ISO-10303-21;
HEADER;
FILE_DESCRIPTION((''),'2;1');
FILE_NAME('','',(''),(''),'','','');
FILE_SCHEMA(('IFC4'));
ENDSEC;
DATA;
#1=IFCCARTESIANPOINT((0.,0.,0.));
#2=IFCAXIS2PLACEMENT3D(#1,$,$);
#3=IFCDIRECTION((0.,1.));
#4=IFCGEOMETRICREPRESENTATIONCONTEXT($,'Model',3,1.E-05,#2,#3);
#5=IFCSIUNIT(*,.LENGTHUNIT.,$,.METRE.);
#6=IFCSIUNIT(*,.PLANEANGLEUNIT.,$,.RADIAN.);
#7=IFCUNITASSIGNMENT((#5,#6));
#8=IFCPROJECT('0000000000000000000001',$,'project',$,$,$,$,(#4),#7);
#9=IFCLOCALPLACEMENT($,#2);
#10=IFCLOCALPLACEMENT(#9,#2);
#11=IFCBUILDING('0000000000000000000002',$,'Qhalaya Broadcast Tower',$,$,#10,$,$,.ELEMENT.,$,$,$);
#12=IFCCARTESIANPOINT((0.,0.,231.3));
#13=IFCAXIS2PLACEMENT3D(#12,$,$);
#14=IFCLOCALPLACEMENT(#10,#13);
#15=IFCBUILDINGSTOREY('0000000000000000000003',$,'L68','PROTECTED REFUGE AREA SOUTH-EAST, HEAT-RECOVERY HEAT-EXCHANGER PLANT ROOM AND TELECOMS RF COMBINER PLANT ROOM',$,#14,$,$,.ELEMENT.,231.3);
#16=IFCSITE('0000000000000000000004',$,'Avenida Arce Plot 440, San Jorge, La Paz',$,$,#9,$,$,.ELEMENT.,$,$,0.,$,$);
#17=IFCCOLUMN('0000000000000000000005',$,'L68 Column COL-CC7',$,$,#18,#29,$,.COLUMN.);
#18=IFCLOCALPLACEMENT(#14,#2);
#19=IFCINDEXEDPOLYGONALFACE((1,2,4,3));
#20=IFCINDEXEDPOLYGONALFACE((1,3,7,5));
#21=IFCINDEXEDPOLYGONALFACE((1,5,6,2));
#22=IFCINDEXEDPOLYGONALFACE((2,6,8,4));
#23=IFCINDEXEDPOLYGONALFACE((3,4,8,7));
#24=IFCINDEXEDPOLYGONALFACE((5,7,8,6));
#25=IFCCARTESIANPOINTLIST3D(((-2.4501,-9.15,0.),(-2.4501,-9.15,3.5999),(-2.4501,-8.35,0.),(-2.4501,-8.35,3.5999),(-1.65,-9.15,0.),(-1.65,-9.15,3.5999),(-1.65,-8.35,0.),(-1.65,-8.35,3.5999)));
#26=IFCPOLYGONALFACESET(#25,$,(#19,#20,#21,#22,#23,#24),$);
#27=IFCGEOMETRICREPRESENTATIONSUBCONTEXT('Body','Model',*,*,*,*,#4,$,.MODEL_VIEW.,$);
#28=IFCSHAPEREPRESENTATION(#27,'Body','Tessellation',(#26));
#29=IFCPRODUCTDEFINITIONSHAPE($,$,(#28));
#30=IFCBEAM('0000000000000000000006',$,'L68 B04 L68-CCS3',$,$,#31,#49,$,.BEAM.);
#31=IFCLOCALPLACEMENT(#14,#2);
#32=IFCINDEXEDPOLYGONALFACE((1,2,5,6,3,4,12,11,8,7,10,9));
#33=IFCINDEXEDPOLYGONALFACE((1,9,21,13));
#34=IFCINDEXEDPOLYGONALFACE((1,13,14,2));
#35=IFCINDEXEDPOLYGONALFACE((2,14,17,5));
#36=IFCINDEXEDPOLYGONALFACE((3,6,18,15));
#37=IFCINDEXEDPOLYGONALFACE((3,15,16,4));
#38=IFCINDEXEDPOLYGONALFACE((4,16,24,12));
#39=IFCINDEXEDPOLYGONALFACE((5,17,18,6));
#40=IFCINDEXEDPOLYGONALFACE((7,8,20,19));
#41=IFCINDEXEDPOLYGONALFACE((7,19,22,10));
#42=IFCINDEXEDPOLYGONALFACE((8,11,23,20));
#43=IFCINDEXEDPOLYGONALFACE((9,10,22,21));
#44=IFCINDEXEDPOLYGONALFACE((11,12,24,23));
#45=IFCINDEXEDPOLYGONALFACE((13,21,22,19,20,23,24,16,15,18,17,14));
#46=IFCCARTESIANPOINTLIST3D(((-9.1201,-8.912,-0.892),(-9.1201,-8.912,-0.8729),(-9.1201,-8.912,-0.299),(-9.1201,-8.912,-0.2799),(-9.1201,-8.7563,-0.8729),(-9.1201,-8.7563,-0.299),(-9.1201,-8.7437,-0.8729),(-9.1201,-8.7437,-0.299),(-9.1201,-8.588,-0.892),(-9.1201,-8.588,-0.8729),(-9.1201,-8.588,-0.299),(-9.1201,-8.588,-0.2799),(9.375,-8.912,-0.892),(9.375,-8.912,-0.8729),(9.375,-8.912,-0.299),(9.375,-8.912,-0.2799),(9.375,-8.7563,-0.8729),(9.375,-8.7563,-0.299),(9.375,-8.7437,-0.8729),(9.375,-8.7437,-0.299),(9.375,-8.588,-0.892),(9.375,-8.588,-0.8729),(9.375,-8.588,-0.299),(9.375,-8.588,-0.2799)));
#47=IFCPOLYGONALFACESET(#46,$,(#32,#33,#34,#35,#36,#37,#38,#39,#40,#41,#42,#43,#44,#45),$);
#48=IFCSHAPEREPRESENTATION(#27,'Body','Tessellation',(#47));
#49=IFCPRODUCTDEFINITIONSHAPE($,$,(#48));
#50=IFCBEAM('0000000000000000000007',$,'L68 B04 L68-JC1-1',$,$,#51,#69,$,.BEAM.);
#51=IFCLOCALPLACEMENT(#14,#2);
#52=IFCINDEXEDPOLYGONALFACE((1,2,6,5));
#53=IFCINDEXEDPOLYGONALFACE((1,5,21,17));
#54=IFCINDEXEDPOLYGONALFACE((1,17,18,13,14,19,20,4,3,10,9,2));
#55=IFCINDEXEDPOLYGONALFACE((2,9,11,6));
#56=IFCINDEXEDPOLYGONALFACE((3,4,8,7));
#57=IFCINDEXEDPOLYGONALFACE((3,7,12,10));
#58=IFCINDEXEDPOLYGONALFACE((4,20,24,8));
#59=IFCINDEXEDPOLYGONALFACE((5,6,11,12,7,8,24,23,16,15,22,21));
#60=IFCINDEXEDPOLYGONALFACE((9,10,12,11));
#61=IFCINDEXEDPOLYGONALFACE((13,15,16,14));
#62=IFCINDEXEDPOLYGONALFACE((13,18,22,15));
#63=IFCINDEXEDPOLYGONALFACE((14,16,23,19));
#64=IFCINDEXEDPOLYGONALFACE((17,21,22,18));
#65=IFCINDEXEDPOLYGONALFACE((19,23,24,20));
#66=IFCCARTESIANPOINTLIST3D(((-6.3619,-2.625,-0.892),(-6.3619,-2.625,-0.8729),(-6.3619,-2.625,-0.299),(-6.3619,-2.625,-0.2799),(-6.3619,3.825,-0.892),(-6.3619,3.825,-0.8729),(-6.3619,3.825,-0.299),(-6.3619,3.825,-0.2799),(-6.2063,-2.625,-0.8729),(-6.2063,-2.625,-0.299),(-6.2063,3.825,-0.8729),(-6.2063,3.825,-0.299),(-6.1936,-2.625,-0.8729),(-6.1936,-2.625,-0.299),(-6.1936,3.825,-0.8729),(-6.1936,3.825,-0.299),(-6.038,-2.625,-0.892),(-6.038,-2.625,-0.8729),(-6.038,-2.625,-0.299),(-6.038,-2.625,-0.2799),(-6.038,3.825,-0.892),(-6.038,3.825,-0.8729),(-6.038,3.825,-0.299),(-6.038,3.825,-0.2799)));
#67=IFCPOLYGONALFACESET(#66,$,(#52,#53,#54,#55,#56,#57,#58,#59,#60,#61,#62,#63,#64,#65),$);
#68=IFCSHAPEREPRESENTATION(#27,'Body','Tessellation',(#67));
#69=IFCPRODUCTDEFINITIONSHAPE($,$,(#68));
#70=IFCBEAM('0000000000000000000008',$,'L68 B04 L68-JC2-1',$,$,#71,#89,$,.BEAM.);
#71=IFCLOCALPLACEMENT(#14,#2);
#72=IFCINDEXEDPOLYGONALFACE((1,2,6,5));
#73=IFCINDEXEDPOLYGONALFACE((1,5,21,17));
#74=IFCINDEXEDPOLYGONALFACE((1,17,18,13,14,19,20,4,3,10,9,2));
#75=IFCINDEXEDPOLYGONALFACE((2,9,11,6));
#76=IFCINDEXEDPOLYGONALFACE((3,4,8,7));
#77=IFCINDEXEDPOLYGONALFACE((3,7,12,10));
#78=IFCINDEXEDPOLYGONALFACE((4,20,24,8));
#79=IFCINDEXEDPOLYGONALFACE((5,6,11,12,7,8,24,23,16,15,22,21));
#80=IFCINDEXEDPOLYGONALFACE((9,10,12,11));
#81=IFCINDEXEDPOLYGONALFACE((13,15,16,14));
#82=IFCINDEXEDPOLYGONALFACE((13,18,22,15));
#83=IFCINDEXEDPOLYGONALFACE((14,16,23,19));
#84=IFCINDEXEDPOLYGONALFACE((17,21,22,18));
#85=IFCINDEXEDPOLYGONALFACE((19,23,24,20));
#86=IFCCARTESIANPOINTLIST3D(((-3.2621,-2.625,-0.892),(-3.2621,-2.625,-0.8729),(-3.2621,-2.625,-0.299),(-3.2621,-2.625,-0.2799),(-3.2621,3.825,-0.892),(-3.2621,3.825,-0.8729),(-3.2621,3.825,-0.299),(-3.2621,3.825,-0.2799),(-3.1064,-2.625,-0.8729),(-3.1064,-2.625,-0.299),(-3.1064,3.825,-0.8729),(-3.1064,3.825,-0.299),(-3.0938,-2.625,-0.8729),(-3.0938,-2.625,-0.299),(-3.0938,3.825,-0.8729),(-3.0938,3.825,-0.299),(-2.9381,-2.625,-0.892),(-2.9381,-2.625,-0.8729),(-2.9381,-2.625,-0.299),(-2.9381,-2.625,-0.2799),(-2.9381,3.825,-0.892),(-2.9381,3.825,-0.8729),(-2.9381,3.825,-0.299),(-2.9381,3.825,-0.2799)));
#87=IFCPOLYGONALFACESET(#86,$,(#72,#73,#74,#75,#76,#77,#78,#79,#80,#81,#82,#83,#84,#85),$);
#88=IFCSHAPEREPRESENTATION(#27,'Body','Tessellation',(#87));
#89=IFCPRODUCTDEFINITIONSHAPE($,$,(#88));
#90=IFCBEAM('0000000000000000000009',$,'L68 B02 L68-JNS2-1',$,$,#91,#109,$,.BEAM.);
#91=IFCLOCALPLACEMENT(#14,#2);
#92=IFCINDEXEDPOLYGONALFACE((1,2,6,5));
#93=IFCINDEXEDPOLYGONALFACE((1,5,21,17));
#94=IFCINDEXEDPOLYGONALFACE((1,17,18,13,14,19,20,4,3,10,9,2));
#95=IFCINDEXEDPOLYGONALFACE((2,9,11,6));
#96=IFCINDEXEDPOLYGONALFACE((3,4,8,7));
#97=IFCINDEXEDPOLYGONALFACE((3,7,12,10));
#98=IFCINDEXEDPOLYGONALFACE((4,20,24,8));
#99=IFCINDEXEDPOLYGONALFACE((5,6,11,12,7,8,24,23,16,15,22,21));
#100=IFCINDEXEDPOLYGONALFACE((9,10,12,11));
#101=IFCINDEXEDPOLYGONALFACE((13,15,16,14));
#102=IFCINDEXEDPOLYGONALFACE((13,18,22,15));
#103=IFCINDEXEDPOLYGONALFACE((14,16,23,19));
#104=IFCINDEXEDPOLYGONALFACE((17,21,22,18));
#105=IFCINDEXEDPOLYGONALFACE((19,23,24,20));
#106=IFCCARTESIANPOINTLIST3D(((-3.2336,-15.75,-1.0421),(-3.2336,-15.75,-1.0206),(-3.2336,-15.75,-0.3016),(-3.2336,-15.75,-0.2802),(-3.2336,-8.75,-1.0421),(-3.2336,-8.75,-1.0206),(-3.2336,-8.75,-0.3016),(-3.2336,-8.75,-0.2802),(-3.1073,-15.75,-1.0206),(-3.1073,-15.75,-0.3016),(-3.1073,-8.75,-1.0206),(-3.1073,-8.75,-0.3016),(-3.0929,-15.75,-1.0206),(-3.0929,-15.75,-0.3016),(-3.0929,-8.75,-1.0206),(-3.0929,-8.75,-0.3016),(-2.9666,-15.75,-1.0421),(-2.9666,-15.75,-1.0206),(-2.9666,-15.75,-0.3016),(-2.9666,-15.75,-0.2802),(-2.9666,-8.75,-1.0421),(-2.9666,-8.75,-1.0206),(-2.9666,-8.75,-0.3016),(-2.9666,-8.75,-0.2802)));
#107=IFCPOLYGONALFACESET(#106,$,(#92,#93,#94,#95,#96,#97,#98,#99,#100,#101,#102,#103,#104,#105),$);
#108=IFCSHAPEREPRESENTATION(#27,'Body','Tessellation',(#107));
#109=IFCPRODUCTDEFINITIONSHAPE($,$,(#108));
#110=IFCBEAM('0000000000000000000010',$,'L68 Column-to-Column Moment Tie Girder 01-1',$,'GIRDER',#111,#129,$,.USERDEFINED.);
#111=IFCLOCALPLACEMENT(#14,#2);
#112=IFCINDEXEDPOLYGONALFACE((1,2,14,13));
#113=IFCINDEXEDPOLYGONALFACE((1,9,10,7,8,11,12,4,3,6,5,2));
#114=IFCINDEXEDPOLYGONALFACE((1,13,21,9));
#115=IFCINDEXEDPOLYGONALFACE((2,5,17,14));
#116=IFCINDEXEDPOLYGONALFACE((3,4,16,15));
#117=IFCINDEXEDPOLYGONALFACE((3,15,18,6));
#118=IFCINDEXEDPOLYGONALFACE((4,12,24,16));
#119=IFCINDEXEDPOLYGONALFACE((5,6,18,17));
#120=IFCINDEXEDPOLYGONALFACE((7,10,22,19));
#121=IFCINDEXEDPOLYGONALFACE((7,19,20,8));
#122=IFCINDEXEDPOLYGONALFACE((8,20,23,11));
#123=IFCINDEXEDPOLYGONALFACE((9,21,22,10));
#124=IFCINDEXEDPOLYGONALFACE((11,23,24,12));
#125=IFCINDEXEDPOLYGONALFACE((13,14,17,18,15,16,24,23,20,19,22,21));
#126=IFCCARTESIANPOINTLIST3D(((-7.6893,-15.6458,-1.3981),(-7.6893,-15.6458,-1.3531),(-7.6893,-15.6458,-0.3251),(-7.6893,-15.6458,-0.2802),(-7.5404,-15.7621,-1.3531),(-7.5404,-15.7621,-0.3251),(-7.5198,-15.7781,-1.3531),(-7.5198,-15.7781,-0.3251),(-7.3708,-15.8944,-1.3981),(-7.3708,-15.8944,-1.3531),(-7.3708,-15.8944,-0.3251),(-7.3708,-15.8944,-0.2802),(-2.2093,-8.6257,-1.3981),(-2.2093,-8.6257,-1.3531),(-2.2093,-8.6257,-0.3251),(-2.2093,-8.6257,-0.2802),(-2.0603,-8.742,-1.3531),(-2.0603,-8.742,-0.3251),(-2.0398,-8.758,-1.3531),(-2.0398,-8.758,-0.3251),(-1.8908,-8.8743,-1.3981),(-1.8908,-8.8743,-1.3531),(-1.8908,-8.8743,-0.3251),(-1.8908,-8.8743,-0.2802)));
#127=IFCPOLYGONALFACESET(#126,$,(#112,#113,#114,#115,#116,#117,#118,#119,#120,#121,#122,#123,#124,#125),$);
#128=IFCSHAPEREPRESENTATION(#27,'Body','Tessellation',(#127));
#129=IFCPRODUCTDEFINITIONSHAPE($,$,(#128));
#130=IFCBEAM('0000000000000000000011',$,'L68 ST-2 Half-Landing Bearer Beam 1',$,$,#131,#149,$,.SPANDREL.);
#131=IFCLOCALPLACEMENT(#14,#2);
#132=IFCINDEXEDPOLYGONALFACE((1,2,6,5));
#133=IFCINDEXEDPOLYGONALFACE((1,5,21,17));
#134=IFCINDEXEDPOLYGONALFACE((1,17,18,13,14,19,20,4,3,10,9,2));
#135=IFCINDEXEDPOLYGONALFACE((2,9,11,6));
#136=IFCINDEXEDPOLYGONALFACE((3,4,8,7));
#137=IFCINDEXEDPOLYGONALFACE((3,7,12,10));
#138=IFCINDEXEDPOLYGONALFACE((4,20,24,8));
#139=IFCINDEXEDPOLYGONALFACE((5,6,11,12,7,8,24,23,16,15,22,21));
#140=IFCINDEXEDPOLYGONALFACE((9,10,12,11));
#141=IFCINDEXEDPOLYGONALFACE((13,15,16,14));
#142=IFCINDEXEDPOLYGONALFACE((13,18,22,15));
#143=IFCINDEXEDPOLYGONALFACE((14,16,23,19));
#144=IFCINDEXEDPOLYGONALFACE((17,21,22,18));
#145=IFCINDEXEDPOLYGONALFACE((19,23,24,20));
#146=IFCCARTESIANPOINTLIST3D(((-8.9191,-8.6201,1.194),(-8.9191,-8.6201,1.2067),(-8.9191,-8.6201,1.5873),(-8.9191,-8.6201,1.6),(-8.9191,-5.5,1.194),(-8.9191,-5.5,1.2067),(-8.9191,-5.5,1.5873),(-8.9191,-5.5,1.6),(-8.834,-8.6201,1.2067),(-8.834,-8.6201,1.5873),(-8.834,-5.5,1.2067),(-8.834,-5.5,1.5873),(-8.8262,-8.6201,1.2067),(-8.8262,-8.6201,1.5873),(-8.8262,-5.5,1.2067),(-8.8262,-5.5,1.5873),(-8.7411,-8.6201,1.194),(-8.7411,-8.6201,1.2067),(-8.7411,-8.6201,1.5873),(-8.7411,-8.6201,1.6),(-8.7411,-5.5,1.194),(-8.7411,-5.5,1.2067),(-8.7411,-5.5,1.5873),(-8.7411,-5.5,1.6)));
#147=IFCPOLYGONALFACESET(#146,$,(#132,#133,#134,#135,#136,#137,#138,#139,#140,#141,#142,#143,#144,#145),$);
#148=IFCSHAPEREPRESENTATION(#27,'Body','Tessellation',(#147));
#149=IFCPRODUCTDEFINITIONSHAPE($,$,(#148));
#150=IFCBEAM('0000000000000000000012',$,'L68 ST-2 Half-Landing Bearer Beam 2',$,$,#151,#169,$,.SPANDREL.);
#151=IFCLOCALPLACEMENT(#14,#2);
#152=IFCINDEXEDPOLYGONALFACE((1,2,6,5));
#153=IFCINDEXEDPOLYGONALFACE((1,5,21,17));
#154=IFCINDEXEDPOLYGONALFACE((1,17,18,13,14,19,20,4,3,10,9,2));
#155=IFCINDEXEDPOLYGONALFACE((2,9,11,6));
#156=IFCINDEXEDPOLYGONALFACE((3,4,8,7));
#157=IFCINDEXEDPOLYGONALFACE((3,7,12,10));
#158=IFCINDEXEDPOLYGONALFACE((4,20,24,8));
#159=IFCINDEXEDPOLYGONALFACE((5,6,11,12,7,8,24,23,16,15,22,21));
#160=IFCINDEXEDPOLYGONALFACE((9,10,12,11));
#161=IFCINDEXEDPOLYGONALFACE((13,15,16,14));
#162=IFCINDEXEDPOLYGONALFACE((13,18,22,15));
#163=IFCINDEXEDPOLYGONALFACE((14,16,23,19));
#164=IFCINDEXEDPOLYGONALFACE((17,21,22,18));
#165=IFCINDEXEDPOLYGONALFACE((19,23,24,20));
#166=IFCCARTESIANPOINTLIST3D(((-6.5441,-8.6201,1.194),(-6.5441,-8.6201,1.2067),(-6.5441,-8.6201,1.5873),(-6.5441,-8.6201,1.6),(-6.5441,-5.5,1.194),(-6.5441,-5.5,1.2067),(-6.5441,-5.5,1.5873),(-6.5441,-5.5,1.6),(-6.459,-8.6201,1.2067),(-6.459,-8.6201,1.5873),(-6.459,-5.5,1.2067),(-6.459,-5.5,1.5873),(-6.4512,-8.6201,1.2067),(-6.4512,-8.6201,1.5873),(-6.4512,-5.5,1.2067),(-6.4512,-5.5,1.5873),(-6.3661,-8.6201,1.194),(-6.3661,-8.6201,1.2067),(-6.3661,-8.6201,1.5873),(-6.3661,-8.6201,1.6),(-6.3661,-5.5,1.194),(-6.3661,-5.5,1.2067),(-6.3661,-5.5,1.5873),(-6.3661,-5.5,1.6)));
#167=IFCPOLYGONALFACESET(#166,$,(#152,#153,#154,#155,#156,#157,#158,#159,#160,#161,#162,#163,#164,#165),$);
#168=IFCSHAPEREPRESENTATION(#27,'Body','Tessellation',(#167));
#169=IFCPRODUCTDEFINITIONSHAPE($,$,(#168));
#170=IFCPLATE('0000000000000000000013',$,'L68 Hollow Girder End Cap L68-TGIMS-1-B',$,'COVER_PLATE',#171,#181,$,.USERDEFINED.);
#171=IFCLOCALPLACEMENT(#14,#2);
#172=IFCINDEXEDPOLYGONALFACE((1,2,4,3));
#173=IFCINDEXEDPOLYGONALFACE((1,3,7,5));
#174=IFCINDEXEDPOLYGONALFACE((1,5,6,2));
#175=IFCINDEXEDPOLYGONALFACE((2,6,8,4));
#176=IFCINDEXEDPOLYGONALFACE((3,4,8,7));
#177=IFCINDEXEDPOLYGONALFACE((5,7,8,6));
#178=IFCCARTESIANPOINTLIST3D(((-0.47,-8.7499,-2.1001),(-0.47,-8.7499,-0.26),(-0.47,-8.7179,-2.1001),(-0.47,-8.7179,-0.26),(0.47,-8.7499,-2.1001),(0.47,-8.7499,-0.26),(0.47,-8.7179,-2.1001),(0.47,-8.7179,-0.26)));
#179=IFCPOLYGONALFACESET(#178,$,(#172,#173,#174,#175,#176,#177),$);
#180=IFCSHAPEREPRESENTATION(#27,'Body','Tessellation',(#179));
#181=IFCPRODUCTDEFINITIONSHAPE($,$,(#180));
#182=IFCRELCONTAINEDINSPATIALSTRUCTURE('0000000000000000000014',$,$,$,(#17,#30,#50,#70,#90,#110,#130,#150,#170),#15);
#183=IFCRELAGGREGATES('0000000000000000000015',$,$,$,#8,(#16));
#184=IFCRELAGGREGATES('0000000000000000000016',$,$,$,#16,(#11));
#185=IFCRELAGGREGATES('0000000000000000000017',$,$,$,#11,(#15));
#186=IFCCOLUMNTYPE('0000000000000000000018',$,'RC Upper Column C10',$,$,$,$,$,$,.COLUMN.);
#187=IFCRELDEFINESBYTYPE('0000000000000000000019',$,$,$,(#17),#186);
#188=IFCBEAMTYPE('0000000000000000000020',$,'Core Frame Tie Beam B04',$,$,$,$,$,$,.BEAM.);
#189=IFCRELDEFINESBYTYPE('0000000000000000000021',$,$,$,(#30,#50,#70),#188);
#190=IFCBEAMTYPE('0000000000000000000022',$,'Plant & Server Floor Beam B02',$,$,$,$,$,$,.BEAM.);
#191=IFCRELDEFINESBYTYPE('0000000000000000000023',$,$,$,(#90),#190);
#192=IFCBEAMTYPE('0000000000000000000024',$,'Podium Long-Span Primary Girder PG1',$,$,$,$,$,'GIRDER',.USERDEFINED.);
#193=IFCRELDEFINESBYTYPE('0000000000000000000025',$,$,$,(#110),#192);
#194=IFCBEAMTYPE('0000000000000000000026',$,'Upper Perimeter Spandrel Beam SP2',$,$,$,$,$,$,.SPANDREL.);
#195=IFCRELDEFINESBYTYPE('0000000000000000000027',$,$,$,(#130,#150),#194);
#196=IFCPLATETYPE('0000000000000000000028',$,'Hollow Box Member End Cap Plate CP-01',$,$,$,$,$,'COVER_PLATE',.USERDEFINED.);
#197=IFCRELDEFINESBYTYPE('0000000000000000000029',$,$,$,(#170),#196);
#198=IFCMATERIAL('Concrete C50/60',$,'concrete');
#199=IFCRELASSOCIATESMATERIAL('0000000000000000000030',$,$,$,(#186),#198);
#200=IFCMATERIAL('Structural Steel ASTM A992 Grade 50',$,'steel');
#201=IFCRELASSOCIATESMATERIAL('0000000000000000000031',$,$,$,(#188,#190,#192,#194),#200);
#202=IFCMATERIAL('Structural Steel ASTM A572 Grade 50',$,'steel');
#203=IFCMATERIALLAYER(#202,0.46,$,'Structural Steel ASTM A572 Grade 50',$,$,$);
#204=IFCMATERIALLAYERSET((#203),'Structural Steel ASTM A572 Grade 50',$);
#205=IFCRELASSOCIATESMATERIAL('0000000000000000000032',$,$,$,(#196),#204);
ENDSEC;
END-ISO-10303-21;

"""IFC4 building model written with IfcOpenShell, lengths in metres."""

from ifc_helpers import new_model, si_unit, direction, frame, origin, origin_2d, place, context, subcontext, project, spatial, rectangle, i_section, extrude, material, layer, layer_set, material_profile, profile_set, type_object, element, save


model = new_model("IFC4")

# Units and contexts
model_context = context("Model", 3, precision=1e-05, world=origin(), true_north=direction((0.0, 1.0)))
body_context = subcontext(model_context, "Body", "Model", "MODEL_VIEW")
ifc_project = project(units=[si_unit("LENGTHUNIT", "METRE"), si_unit("PLANEANGLEUNIT", "RADIAN")], contexts=[model_context])

# Site, building, storey
site_placement = place(None, origin())
site = spatial("IfcSite", under=ifc_project, at=site_placement, Name="Avenida Arce Plot 440, San Jorge, La Paz", CompositionType="ELEMENT", RefElevation=0.0)
building_placement = place(site_placement, origin())
building = spatial("IfcBuilding", under=site, at=building_placement, Name="Qhalaya Broadcast Tower", CompositionType="ELEMENT")
storey_placement = place(building_placement, frame((0.0, 0.0, 231.3)))
storey = spatial("IfcBuildingStorey", under=building, at=storey_placement, Name="L68", Description="PROTECTED REFUGE AREA SOUTH-EAST, HEAT-RECOVERY HEAT-EXCHANGER PLANT ROOM AND TELECOMS RF COMBINER PLANT ROOM", CompositionType="ELEMENT", Elevation=231.3)

# Column
ifc_material_1 = material(Name="Concrete C50/60", Category="concrete")
ifc_material_profile_1 = material_profile(ifc_material_1, rectangle(XDim=0.8, YDim=0.8, at=origin_2d()), Name="RC-COL 800x800")
ifc_profile_set_1 = profile_set([ifc_material_profile_1], Name="Concrete C50/60")
column_type = type_object("IfcColumnType", Name="RC Upper Column C10", PredefinedType="COLUMN", material=ifc_profile_set_1)
column_placement = place(storey_placement, frame((-2.05, -8.75, 0.0), z_axis=(0.0, 0.0, 1.0), x_axis=(1.0, 0.0, 0.0)))
element("IfcColumn", 1, at=column_placement, inside=storey, type_object=column_type, Name="L68 Column COL-CC7", PredefinedType="COLUMN", context=body_context, shape_type="SweptSolid", body=[
    extrude(rectangle(XDim=0.8, YDim=0.8, at=origin_2d()), origin(), (0.0, 0.0, 1.0), 3.5999),
])

# Beams
ifc_material_2 = material(Name="Structural Steel ASTM A992 Grade 50", Category="steel")
ifc_material_profile_2 = material_profile(ifc_material_2, i_section(OverallWidth=0.324, OverallDepth=0.6121, WebThickness=0.0127, FlangeThickness=0.019, at=origin_2d()), Name="W24X104")
ifc_profile_set_2 = profile_set([ifc_material_profile_2], Name="Structural Steel ASTM A992 Grade 50")
beam_type_1 = type_object("IfcBeamType", Name="Core Frame Tie Beam B04", PredefinedType="BEAM", material=ifc_profile_set_2)
beam_1_placement = place(storey_placement, frame((-9.1201, -8.75, -0.5859), z_axis=(1.0, 0.0, 0.0), x_axis=(0.0, 1.0, 0.0)))
element("IfcBeam", 2, at=beam_1_placement, inside=storey, type_object=beam_type_1, Name="L68 B04 L68-CCS3", PredefinedType="BEAM", context=body_context, shape_type="SweptSolid", body=[
    extrude(i_section(OverallWidth=0.324, OverallDepth=0.6121, WebThickness=0.0127, FlangeThickness=0.019, at=origin_2d()), origin(), (0.0, 0.0, 1.0), 18.4951),
])
for number, where, z_axis, x_axis, name in (
    (3, (-6.2, -2.625, -0.5859), (0.0, 1.0, 0.0), (-1.0, 0.0, 0.0), "L68 B04 L68-JC1-1"),
    (4, (-3.1001, -2.625, -0.5859), (0.0, 1.0, 0.0), (-1.0, 0.0, 0.0), "L68 B04 L68-JC2-1"),
):
    element("IfcBeam", number, at=place(storey_placement, frame(where, z_axis=z_axis, x_axis=x_axis)), inside=storey, type_object=beam_type_1, Name=name, PredefinedType="BEAM", context=body_context, shape_type="SweptSolid", body=[
        extrude(i_section(OverallWidth=0.324, OverallDepth=0.6121, WebThickness=0.0127, FlangeThickness=0.019, at=origin_2d()), origin(), (0.0, 0.0, 1.0), 6.45),
    ])
ifc_material_profile_3 = material_profile(ifc_material_2, i_section(OverallWidth=0.2671, OverallDepth=0.762, WebThickness=0.0144, FlangeThickness=0.0215, at=origin_2d()), Name="W30X116")
ifc_profile_set_3 = profile_set([ifc_material_profile_3], Name="Structural Steel ASTM A992 Grade 50")
beam_type_2 = type_object("IfcBeamType", Name="Plant & Server Floor Beam B02", PredefinedType="BEAM", material=ifc_profile_set_3)
beam_2_placement = place(storey_placement, frame((-3.1001, -15.75, -0.6611), z_axis=(0.0, 1.0, 0.0), x_axis=(-1.0, 0.0, 0.0)))
element("IfcBeam", 5, at=beam_2_placement, inside=storey, type_object=beam_type_2, Name="L68 B02 L68-JNS2-1", PredefinedType="BEAM", context=body_context, shape_type="SweptSolid", body=[
    extrude(i_section(OverallWidth=0.2671, OverallDepth=0.762, WebThickness=0.0144, FlangeThickness=0.0215, at=origin_2d()), origin(), (0.0, 0.0, 1.0), 7.0),
])
ifc_material_profile_4 = material_profile(ifc_material_2, i_section(OverallWidth=0.4041, OverallDepth=1.1179, WebThickness=0.0261, FlangeThickness=0.0449, at=origin_2d()), Name="W44X335")
ifc_profile_set_4 = profile_set([ifc_material_profile_4], Name="Structural Steel ASTM A992 Grade 50")
beam_type_3 = type_object("IfcBeamType", Name="Podium Long-Span Primary Girder PG1", ElementType="GIRDER", PredefinedType="USERDEFINED", material=ifc_profile_set_4)
beam_3_placement = place(storey_placement, frame((-2.05, -8.75, -0.8391), z_axis=(-0.615337, -0.788265, 0.0), x_axis=(0.788265, -0.615337, 0.0)))
element("IfcBeam", 6, at=beam_3_placement, inside=storey, type_object=beam_type_3, Name="L68 Column-to-Column Moment Tie Girder 01-1", ObjectType="GIRDER", PredefinedType="USERDEFINED", context=body_context, shape_type="SweptSolid", body=[
    extrude(i_section(OverallWidth=0.4041, OverallDepth=1.1179, WebThickness=0.0261, FlangeThickness=0.0449, at=origin_2d()), origin(), (0.0, 0.0, 1.0), 8.9058),
])
ifc_material_profile_5 = material_profile(ifc_material_2, i_section(OverallWidth=0.178, OverallDepth=0.406, WebThickness=0.0078, FlangeThickness=0.0127, at=origin_2d()), Name="W16X40")
ifc_profile_set_5 = profile_set([ifc_material_profile_5], Name="Structural Steel ASTM A992 Grade 50")
beam_type_4 = type_object("IfcBeamType", Name="Upper Perimeter Spandrel Beam SP2", PredefinedType="SPANDREL", material=ifc_profile_set_5)
for number, where, z_axis, x_axis, name in (
    (7, (-8.8301, -8.6201, 1.397), (0.0, 1.0, 0.0), (-1.0, 0.0, 0.0), "L68 ST-2 Half-Landing Bearer Beam 1"),
    (8, (-6.4551, -8.6201, 1.397), (0.0, 1.0, 0.0), (-1.0, 0.0, 0.0), "L68 ST-2 Half-Landing Bearer Beam 2"),
):
    element("IfcBeam", number, at=place(storey_placement, frame(where, z_axis=z_axis, x_axis=x_axis)), inside=storey, type_object=beam_type_4, Name=name, PredefinedType="SPANDREL", context=body_context, shape_type="SweptSolid", body=[
        extrude(i_section(OverallWidth=0.178, OverallDepth=0.406, WebThickness=0.0078, FlangeThickness=0.0127, at=origin_2d()), origin(), (0.0, 0.0, 1.0), 3.1201),
    ])

# Plate
ifc_material_3 = material(Name="Structural Steel ASTM A572 Grade 50", Category="steel")
ifc_layer_1 = layer(ifc_material_3, 0.46, Name="Structural Steel ASTM A572 Grade 50")
ifc_layer_set_1 = layer_set([ifc_layer_1], Name="Structural Steel ASTM A572 Grade 50")
plate_type = type_object("IfcPlateType", Name="Hollow Box Member End Cap Plate CP-01", ElementType="COVER_PLATE", PredefinedType="USERDEFINED", material=ifc_layer_set_1)
for number, where, z_axis, x_axis, name in (
    (9, (0.0, -8.7339, -2.1001), (0.0, 0.0, 1.0), (-1.0, 0.0, 0.0), "L68 Hollow Girder End Cap L68-TGIMS-1-B"),
):
    element("IfcPlate", number, at=place(storey_placement, frame(where, z_axis=z_axis, x_axis=x_axis)), inside=storey, type_object=plate_type, Name=name, ObjectType="COVER_PLATE", PredefinedType="USERDEFINED", context=body_context, shape_type="SweptSolid", body=[
        extrude(rectangle(XDim=0.9399, YDim=0.032, at=origin_2d()), origin(), (0.0, 0.0, 1.0), 1.8401),
    ])

save(model, "model.ifc")
